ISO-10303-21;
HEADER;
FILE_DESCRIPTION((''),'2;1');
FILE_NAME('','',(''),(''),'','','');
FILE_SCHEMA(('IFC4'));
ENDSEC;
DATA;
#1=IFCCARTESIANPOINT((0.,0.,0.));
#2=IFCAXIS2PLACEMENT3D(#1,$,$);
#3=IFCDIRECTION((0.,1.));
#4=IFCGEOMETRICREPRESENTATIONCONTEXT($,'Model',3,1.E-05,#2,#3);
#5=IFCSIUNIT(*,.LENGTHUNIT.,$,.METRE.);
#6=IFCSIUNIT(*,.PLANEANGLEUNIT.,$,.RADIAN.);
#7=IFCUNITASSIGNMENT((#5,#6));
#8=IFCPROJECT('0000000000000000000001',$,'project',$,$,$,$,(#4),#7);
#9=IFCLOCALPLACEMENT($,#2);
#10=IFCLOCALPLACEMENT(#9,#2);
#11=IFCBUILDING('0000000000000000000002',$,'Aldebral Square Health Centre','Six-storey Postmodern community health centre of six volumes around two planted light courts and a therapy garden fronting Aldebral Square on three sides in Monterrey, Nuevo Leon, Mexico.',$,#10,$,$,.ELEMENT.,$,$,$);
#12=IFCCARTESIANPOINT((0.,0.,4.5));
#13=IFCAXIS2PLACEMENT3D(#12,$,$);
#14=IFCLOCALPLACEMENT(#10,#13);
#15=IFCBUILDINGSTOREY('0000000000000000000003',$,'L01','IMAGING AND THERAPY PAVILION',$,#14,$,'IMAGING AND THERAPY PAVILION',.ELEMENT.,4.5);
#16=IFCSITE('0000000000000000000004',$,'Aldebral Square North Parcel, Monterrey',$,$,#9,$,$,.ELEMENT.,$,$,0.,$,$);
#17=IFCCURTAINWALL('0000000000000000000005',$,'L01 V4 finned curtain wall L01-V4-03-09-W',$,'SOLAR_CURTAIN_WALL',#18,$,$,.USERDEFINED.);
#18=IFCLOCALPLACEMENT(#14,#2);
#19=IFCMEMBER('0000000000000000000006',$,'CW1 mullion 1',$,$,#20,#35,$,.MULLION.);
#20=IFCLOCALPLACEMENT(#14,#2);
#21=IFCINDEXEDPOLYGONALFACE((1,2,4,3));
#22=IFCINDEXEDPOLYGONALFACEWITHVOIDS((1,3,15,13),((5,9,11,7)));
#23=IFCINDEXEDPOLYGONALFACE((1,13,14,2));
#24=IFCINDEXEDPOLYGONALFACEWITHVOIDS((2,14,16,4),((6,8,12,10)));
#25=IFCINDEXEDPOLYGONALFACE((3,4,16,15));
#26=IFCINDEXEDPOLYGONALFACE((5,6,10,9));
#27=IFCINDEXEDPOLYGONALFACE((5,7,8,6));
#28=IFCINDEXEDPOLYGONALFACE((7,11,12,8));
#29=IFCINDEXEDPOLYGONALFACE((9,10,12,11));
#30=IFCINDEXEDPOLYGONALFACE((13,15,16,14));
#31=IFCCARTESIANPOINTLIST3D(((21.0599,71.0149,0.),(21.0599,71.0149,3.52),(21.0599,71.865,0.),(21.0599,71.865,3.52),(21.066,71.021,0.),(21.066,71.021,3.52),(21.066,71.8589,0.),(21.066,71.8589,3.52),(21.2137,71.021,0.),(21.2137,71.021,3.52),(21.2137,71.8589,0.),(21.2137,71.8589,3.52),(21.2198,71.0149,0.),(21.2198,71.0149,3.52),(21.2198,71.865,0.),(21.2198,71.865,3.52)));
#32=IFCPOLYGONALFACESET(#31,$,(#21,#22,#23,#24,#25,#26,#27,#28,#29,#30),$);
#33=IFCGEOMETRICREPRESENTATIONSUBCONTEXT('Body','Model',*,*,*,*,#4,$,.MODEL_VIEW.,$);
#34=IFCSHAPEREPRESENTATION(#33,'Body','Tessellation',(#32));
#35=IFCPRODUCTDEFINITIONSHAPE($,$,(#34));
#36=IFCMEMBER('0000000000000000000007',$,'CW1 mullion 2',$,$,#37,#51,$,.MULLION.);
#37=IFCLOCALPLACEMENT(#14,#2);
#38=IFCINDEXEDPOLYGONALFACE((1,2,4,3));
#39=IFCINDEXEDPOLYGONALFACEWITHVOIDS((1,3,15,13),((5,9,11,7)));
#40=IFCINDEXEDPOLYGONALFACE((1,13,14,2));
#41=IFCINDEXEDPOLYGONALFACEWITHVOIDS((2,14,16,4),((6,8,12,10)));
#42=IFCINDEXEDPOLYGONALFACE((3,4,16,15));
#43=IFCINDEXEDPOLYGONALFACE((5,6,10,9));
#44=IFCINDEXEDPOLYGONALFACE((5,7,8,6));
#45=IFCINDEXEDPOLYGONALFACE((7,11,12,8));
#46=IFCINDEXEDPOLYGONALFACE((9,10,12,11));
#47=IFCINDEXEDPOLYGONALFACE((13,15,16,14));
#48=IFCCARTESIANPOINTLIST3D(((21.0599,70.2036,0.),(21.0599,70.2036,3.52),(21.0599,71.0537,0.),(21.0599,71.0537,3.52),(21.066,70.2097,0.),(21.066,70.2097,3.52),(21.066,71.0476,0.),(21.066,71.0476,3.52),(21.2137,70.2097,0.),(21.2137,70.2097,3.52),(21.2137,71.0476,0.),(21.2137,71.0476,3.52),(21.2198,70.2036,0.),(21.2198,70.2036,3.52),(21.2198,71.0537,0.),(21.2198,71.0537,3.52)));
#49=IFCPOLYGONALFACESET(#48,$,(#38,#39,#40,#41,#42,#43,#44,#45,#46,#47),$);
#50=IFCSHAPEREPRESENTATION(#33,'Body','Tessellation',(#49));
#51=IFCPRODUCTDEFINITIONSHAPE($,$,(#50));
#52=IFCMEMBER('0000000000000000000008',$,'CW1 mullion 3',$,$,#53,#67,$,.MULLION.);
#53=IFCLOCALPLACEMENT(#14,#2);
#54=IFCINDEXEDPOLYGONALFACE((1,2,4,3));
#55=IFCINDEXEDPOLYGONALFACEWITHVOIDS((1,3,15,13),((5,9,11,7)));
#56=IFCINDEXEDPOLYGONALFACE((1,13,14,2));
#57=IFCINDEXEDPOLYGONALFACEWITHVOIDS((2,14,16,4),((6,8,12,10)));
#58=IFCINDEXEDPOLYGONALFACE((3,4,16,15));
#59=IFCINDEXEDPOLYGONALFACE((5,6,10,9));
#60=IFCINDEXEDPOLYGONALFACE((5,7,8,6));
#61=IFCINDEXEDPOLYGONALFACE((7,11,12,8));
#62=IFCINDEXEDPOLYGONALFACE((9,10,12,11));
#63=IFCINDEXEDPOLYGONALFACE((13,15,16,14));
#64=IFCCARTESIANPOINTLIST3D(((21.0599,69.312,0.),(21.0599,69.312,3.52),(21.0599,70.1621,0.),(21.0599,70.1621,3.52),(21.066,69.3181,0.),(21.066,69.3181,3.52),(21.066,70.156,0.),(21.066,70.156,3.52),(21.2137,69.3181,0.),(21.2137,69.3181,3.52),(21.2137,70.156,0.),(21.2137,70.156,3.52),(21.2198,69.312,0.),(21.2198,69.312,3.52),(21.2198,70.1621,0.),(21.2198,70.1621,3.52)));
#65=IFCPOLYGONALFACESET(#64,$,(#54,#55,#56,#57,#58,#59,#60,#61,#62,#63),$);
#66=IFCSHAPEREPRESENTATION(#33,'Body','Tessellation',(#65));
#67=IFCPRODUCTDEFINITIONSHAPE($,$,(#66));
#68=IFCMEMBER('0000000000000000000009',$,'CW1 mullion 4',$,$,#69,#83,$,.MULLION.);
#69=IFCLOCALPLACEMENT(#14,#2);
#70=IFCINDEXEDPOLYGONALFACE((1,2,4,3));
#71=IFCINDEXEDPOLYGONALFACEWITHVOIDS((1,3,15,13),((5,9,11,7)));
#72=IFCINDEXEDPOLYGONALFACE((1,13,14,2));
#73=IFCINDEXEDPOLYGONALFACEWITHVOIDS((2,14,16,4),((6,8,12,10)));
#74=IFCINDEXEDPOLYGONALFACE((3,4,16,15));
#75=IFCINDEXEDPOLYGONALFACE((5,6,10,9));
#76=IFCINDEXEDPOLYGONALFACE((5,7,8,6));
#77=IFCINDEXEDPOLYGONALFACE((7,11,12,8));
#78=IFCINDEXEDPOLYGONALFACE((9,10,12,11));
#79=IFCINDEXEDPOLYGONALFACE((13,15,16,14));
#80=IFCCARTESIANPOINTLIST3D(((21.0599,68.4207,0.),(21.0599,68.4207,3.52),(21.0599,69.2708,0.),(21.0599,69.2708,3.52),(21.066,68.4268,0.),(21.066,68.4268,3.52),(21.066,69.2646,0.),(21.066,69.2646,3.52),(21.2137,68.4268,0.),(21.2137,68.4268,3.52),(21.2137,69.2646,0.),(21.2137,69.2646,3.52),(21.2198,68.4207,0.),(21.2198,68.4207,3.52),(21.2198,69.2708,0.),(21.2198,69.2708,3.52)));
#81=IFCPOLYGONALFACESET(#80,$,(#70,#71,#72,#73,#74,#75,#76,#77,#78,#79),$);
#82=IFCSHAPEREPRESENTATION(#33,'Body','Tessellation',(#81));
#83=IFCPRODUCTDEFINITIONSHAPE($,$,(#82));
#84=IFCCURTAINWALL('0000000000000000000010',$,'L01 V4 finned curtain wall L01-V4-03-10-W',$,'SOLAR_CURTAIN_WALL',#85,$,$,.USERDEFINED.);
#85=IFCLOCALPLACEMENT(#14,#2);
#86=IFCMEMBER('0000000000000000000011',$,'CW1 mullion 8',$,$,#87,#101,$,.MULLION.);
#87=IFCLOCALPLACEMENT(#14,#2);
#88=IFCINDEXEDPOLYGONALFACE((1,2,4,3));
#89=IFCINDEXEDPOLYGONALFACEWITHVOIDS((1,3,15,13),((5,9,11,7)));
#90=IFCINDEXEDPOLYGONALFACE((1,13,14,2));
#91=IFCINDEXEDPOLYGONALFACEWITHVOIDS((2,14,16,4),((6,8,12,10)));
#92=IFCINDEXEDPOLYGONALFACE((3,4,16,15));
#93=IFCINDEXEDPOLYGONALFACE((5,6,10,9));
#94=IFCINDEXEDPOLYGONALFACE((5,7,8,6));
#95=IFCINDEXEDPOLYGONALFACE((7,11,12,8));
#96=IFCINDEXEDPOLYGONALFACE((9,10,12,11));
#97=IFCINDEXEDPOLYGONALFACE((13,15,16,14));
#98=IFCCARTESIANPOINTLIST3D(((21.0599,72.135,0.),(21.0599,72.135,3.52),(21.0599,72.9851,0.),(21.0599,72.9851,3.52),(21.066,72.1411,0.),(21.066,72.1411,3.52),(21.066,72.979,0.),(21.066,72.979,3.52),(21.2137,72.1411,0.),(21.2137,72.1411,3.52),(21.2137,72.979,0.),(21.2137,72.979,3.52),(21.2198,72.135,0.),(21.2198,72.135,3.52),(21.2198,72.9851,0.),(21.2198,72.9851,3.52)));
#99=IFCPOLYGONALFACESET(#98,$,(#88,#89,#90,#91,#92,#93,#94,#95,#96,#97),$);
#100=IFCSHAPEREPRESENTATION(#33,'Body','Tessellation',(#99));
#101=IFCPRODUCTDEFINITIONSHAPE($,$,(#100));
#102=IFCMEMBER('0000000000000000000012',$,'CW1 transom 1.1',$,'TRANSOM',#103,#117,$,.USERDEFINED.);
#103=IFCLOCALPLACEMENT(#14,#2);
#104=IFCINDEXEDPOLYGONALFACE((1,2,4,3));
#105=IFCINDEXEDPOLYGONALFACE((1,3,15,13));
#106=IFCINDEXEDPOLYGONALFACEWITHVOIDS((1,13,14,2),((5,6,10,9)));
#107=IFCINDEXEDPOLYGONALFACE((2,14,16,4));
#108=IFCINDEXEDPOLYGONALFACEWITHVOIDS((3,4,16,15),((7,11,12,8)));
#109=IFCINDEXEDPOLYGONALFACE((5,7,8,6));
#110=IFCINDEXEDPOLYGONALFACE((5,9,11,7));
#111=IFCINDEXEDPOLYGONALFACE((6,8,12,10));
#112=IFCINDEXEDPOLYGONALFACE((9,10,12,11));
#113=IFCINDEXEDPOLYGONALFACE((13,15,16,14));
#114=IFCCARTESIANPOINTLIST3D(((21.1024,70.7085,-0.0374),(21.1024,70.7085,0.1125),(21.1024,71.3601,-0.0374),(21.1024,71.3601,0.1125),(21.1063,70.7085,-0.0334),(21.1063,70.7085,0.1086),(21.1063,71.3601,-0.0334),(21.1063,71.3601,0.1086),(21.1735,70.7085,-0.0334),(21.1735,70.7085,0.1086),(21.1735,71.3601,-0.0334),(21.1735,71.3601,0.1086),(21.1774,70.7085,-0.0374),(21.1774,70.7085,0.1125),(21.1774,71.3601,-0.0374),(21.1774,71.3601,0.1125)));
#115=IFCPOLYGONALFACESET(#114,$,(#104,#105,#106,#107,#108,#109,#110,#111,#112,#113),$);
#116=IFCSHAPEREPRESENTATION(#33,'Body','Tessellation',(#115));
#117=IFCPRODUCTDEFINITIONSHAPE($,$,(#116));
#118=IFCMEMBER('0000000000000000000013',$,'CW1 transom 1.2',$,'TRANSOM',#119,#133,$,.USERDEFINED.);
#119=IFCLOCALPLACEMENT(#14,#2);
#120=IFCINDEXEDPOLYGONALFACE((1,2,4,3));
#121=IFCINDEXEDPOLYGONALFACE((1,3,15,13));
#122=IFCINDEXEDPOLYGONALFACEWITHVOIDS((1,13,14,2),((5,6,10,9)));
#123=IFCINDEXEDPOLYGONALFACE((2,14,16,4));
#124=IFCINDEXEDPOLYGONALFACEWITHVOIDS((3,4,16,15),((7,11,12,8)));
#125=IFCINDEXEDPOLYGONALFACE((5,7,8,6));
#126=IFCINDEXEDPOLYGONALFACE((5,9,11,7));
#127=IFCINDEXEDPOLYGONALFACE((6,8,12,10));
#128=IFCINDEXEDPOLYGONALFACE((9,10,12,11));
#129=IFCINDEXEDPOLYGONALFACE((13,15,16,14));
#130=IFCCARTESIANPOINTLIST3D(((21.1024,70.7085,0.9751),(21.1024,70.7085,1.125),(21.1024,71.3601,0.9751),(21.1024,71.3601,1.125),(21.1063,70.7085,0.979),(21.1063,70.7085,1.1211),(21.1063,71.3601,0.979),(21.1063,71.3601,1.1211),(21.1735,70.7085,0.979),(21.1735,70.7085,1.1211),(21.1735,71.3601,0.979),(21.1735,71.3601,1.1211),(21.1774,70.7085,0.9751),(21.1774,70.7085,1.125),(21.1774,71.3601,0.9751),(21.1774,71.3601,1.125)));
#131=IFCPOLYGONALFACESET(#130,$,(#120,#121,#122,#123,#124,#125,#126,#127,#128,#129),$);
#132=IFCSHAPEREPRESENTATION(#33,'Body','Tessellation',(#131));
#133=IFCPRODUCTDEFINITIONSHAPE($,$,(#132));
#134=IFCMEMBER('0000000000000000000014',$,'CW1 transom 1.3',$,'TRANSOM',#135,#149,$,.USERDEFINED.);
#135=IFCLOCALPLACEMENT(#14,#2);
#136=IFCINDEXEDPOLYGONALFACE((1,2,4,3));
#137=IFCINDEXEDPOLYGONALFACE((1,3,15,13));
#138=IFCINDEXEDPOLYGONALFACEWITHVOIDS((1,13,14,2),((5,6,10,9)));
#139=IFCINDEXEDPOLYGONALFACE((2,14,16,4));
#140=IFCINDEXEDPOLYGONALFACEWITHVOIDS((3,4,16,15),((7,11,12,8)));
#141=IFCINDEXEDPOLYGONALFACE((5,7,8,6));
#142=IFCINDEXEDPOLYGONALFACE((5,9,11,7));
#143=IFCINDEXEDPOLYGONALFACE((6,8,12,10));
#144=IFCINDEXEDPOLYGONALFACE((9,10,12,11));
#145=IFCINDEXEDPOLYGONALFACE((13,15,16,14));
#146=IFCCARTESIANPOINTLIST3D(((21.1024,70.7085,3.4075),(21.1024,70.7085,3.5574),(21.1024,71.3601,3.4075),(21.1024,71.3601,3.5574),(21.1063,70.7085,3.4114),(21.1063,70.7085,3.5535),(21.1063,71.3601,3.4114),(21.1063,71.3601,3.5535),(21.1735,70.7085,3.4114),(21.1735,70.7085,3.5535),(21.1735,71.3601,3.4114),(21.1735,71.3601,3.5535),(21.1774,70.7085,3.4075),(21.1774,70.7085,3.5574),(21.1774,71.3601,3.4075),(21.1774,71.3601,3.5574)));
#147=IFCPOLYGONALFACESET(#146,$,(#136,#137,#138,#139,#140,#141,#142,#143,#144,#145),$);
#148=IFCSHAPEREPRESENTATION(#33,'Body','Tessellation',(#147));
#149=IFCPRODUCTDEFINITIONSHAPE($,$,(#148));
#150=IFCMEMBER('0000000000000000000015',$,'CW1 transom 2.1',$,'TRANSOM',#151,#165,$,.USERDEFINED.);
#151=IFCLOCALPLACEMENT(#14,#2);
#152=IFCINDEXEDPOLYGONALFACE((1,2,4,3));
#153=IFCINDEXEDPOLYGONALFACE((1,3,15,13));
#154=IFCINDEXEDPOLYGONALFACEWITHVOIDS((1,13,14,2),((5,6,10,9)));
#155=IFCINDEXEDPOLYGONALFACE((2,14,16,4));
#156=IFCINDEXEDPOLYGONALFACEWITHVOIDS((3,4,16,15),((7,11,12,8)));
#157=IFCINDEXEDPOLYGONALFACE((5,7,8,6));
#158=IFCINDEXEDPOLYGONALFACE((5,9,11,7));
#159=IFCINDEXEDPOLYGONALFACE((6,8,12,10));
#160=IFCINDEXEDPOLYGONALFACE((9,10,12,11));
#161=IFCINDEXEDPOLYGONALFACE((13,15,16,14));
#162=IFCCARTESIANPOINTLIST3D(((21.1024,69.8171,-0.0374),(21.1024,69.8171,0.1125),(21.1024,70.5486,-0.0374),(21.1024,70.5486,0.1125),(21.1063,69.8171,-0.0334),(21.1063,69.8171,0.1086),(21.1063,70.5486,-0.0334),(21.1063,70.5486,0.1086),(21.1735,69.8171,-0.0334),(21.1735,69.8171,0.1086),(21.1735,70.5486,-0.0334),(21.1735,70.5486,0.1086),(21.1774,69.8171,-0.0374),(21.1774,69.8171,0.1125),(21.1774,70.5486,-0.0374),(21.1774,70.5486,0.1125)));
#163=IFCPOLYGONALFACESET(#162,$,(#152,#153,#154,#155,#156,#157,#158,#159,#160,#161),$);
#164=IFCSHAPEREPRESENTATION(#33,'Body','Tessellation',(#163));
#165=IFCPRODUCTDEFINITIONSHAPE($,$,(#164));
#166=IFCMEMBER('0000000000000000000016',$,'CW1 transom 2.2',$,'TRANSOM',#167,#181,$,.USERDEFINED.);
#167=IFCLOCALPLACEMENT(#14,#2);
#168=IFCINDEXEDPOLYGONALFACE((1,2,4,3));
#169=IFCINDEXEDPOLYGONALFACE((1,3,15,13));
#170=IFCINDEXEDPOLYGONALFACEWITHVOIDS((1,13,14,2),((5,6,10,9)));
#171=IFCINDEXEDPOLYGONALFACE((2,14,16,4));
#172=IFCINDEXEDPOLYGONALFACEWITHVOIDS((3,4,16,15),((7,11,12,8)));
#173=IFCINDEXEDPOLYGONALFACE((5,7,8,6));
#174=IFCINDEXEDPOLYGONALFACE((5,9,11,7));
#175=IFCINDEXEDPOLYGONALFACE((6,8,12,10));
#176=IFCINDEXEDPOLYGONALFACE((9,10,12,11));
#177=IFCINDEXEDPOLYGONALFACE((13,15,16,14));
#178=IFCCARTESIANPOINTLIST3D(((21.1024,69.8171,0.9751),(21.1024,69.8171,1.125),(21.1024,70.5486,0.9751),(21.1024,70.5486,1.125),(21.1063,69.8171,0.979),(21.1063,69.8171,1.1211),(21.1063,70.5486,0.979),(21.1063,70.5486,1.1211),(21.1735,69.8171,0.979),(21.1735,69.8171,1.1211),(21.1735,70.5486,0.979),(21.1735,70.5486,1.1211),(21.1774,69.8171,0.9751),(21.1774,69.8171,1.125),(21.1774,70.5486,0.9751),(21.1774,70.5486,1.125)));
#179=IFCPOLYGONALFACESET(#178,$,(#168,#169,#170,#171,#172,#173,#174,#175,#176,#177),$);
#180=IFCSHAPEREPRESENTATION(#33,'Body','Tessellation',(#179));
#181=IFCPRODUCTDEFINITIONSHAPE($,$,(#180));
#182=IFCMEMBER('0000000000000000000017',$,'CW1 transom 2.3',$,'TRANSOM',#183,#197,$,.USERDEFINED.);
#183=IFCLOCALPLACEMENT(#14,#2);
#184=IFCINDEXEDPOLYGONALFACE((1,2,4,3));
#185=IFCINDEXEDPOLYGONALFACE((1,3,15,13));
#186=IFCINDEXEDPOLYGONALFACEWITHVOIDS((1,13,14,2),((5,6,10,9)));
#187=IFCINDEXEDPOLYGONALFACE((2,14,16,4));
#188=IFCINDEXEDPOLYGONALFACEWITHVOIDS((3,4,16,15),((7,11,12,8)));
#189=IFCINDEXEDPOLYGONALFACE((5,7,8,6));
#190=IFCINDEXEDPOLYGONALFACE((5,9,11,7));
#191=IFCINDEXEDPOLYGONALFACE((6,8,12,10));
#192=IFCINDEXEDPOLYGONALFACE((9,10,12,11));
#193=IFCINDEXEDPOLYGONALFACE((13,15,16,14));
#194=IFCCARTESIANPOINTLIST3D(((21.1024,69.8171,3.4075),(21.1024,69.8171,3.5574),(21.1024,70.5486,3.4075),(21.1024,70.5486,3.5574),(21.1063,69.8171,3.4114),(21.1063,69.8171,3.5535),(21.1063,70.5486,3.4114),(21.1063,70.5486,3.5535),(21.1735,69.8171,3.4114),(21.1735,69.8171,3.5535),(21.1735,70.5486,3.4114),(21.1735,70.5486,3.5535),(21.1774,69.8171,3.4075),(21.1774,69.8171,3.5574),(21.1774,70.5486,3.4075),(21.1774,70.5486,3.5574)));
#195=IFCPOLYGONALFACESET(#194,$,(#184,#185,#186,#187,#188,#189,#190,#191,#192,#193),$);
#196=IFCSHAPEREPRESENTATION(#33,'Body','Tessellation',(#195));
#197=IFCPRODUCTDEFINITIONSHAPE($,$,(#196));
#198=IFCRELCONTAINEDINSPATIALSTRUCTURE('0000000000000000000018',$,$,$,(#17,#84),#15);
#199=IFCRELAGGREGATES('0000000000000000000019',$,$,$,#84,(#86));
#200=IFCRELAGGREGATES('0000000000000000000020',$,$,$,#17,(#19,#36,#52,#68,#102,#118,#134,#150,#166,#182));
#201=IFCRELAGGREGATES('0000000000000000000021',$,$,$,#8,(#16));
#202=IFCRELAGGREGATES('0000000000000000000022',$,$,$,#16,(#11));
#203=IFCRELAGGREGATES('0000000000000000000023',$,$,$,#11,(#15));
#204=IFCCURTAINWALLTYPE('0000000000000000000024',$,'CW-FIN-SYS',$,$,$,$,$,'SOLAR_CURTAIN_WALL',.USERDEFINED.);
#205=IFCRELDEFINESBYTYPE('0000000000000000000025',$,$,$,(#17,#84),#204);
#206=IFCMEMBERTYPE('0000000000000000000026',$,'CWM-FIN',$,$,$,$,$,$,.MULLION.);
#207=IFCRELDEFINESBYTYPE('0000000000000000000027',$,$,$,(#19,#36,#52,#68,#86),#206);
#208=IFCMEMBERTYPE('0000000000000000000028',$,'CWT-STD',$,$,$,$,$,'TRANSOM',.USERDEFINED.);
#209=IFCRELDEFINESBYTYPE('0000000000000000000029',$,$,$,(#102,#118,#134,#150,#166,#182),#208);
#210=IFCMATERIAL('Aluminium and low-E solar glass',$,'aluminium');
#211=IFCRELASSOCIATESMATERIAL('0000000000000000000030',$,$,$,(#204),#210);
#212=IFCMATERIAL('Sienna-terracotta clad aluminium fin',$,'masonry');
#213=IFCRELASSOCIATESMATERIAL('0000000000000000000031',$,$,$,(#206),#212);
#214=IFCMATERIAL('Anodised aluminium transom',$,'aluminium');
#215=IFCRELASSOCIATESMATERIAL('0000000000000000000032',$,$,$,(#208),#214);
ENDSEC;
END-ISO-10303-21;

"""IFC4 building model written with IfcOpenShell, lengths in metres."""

from ifc_helpers import new_model, si_unit, direction, frame, origin, origin_2d, place, context, subcontext, project, spatial, hollow_rectangle, extrude, material, material_profile, profile_set, type_object, element, aggregate, save


model = new_model("IFC4")

# Units and contexts
model_context = context("Model", 3, precision=1e-05, world=origin(), true_north=direction((0.0, 1.0)))
body_context = subcontext(model_context, "Body", "Model", "MODEL_VIEW")
ifc_project = project(units=[si_unit("LENGTHUNIT", "METRE"), si_unit("PLANEANGLEUNIT", "RADIAN")], contexts=[model_context])

# Site, building, storey
site_placement = place(None, origin())
site = spatial("IfcSite", under=ifc_project, at=site_placement, Name="Aldebral Square North Parcel, Monterrey", CompositionType="ELEMENT", RefElevation=0.0)
building_placement = place(site_placement, origin())
building = spatial("IfcBuilding", under=site, at=building_placement, Name="Aldebral Square Health Centre", Description="Six-storey Postmodern community health centre of six volumes around two planted light courts and a therapy garden fronting Aldebral Square on three sides in Monterrey, Nuevo Leon, Mexico.", CompositionType="ELEMENT")
storey_placement = place(building_placement, frame((0.0, 0.0, 4.5)))
storey = spatial("IfcBuildingStorey", under=building, at=storey_placement, Name="L01", Description="IMAGING AND THERAPY PAVILION", LongName="IMAGING AND THERAPY PAVILION", CompositionType="ELEMENT", Elevation=4.5)

# Curtain wall, members
ifc_material_1 = material(Name="Aluminium and low-E solar glass", Category="aluminium")
curtain_wall_type = type_object("IfcCurtainWallType", Name="CW-FIN-SYS", ElementType="SOLAR_CURTAIN_WALL", PredefinedType="USERDEFINED", material=ifc_material_1)
curtain_wall_1_placement = place(storey_placement, origin())
curtain_wall_1 = element("IfcCurtainWall", 1, at=curtain_wall_1_placement, inside=storey, type_object=curtain_wall_type, Name="L01 V4 finned curtain wall L01-V4-03-09-W", ObjectType="SOLAR_CURTAIN_WALL", PredefinedType="USERDEFINED")
ifc_material_2 = material(Name="Sienna-terracotta clad aluminium fin", Category="masonry")
ifc_material_profile_1 = material_profile(ifc_material_2, hollow_rectangle(XDim=0.1599, YDim=0.8501, WallThickness=0.0061, at=origin_2d()), Name="FIN 160x850x6")
ifc_profile_set_1 = profile_set([ifc_material_profile_1], Name="Sienna-terracotta clad aluminium fin")
member_type_1 = type_object("IfcMemberType", Name="CWM-FIN", PredefinedType="MULLION", material=ifc_profile_set_1)
member_1_placement = place(storey_placement, frame((21.1399, 71.4399, 0.0), z_axis=(0.0, 0.0, 1.0), x_axis=(1.0, 0.0, 0.0)))
member_1 = element("IfcMember", 2, at=member_1_placement, type_object=member_type_1, Name="CW1 mullion 1", PredefinedType="MULLION", context=body_context, shape_type="SweptSolid", body=[
    extrude(hollow_rectangle(XDim=0.1599, YDim=0.8501, WallThickness=0.0061, at=origin_2d()), origin(), (0.0, 0.0, 1.0), 3.52),
])
member_2_placement = place(storey_placement, frame((21.1399, 70.6287, 0.0), z_axis=(0.0, 0.0, 1.0), x_axis=(1.0, 0.0, 0.0)))
member_2 = element("IfcMember", 3, at=member_2_placement, type_object=member_type_1, Name="CW1 mullion 2", PredefinedType="MULLION", context=body_context, shape_type="SweptSolid", body=[
    extrude(hollow_rectangle(XDim=0.1599, YDim=0.8501, WallThickness=0.0061, at=origin_2d()), origin(), (0.0, 0.0, 1.0), 3.52),
])
member_3_placement = place(storey_placement, frame((21.1399, 69.7371, 0.0), z_axis=(0.0, 0.0, 1.0), x_axis=(1.0, 0.0, 0.0)))
member_3 = element("IfcMember", 4, at=member_3_placement, type_object=member_type_1, Name="CW1 mullion 3", PredefinedType="MULLION", context=body_context, shape_type="SweptSolid", body=[
    extrude(hollow_rectangle(XDim=0.1599, YDim=0.8501, WallThickness=0.0061, at=origin_2d()), origin(), (0.0, 0.0, 1.0), 3.52),
])
member_4_placement = place(storey_placement, frame((21.1399, 68.8457, 0.0), z_axis=(0.0, 0.0, 1.0), x_axis=(1.0, 0.0, 0.0)))
member_4 = element("IfcMember", 5, at=member_4_placement, type_object=member_type_1, Name="CW1 mullion 4", PredefinedType="MULLION", context=body_context, shape_type="SweptSolid", body=[
    extrude(hollow_rectangle(XDim=0.1599, YDim=0.8501, WallThickness=0.0061, at=origin_2d()), origin(), (0.0, 0.0, 1.0), 3.52),
])

# Curtain wall, member
curtain_wall_2_placement = place(storey_placement, origin())
curtain_wall_2 = element("IfcCurtainWall", 6, at=curtain_wall_2_placement, inside=storey, type_object=curtain_wall_type, Name="L01 V4 finned curtain wall L01-V4-03-10-W", ObjectType="SOLAR_CURTAIN_WALL", PredefinedType="USERDEFINED")
member_5_placement = place(storey_placement, frame((21.1399, 72.5601, 0.0), z_axis=(0.0, 0.0, 1.0), x_axis=(1.0, 0.0, 0.0)))
member_5 = element("IfcMember", 7, at=member_5_placement, type_object=member_type_1, Name="CW1 mullion 8", PredefinedType="MULLION", context=body_context, shape_type="SweptSolid", body=[
    extrude(hollow_rectangle(XDim=0.1599, YDim=0.8501, WallThickness=0.0061, at=origin_2d()), origin(), (0.0, 0.0, 1.0), 3.52),
])
aggregate(curtain_wall_2, [member_5])

# Members
ifc_material_3 = material(Name="Anodised aluminium transom", Category="aluminium")
ifc_material_profile_2 = material_profile(ifc_material_3, hollow_rectangle(XDim=0.075, YDim=0.1499, WallThickness=0.0039, at=origin_2d()), Name="CWT 75x150x4")
ifc_profile_set_2 = profile_set([ifc_material_profile_2], Name="Anodised aluminium transom")
member_type_2 = type_object("IfcMemberType", Name="CWT-STD", ElementType="TRANSOM", PredefinedType="USERDEFINED", material=ifc_profile_set_2)
member_6_placement = place(storey_placement, frame((21.1399, 71.3601, 0.0376), z_axis=(0.0, -1.0, 0.0), x_axis=(1.0, 0.0, 0.0)))
member_6 = element("IfcMember", 8, at=member_6_placement, type_object=member_type_2, Name="CW1 transom 1.1", ObjectType="TRANSOM", PredefinedType="USERDEFINED", context=body_context, shape_type="SweptSolid", body=[
    extrude(hollow_rectangle(XDim=0.075, YDim=0.1499, WallThickness=0.0039, at=origin_2d()), origin(), (0.0, 0.0, 1.0), 0.6516),
])
member_7_placement = place(storey_placement, frame((21.1399, 71.3601, 1.05), z_axis=(0.0, -1.0, 0.0), x_axis=(1.0, 0.0, 0.0)))
member_7 = element("IfcMember", 9, at=member_7_placement, type_object=member_type_2, Name="CW1 transom 1.2", ObjectType="TRANSOM", PredefinedType="USERDEFINED", context=body_context, shape_type="SweptSolid", body=[
    extrude(hollow_rectangle(XDim=0.075, YDim=0.1499, WallThickness=0.0039, at=origin_2d()), origin(), (0.0, 0.0, 1.0), 0.6516),
])
member_8_placement = place(storey_placement, frame((21.1399, 71.3601, 3.4824), z_axis=(0.0, -1.0, 0.0), x_axis=(1.0, 0.0, 0.0)))
member_8 = element("IfcMember", 10, at=member_8_placement, type_object=member_type_2, Name="CW1 transom 1.3", ObjectType="TRANSOM", PredefinedType="USERDEFINED", context=body_context, shape_type="SweptSolid", body=[
    extrude(hollow_rectangle(XDim=0.075, YDim=0.1499, WallThickness=0.0039, at=origin_2d()), origin(), (0.0, 0.0, 1.0), 0.6516),
])
member_9_placement = place(storey_placement, frame((21.1399, 70.5486, 0.0376), z_axis=(0.0, -1.0, 0.0), x_axis=(1.0, 0.0, 0.0)))
member_9 = element("IfcMember", 11, at=member_9_placement, type_object=member_type_2, Name="CW1 transom 2.1", ObjectType="TRANSOM", PredefinedType="USERDEFINED", context=body_context, shape_type="SweptSolid", body=[
    extrude(hollow_rectangle(XDim=0.075, YDim=0.1499, WallThickness=0.0039, at=origin_2d()), origin(), (0.0, 0.0, 1.0), 0.7314),
])
member_10_placement = place(storey_placement, frame((21.1399, 70.5486, 1.05), z_axis=(0.0, -1.0, 0.0), x_axis=(1.0, 0.0, 0.0)))
member_10 = element("IfcMember", 12, at=member_10_placement, type_object=member_type_2, Name="CW1 transom 2.2", ObjectType="TRANSOM", PredefinedType="USERDEFINED", context=body_context, shape_type="SweptSolid", body=[
    extrude(hollow_rectangle(XDim=0.075, YDim=0.1499, WallThickness=0.0039, at=origin_2d()), origin(), (0.0, 0.0, 1.0), 0.7314),
])
member_11_placement = place(storey_placement, frame((21.1399, 70.5486, 3.4824), z_axis=(0.0, -1.0, 0.0), x_axis=(1.0, 0.0, 0.0)))
member_11 = element("IfcMember", 13, at=member_11_placement, type_object=member_type_2, Name="CW1 transom 2.3", ObjectType="TRANSOM", PredefinedType="USERDEFINED", context=body_context, shape_type="SweptSolid", body=[
    extrude(hollow_rectangle(XDim=0.075, YDim=0.1499, WallThickness=0.0039, at=origin_2d()), origin(), (0.0, 0.0, 1.0), 0.7314),
])

aggregate(curtain_wall_1, [member_1, member_2, member_3, member_4, member_6, member_7, member_8, member_9, member_10, member_11])

save(model, "model.ifc")
